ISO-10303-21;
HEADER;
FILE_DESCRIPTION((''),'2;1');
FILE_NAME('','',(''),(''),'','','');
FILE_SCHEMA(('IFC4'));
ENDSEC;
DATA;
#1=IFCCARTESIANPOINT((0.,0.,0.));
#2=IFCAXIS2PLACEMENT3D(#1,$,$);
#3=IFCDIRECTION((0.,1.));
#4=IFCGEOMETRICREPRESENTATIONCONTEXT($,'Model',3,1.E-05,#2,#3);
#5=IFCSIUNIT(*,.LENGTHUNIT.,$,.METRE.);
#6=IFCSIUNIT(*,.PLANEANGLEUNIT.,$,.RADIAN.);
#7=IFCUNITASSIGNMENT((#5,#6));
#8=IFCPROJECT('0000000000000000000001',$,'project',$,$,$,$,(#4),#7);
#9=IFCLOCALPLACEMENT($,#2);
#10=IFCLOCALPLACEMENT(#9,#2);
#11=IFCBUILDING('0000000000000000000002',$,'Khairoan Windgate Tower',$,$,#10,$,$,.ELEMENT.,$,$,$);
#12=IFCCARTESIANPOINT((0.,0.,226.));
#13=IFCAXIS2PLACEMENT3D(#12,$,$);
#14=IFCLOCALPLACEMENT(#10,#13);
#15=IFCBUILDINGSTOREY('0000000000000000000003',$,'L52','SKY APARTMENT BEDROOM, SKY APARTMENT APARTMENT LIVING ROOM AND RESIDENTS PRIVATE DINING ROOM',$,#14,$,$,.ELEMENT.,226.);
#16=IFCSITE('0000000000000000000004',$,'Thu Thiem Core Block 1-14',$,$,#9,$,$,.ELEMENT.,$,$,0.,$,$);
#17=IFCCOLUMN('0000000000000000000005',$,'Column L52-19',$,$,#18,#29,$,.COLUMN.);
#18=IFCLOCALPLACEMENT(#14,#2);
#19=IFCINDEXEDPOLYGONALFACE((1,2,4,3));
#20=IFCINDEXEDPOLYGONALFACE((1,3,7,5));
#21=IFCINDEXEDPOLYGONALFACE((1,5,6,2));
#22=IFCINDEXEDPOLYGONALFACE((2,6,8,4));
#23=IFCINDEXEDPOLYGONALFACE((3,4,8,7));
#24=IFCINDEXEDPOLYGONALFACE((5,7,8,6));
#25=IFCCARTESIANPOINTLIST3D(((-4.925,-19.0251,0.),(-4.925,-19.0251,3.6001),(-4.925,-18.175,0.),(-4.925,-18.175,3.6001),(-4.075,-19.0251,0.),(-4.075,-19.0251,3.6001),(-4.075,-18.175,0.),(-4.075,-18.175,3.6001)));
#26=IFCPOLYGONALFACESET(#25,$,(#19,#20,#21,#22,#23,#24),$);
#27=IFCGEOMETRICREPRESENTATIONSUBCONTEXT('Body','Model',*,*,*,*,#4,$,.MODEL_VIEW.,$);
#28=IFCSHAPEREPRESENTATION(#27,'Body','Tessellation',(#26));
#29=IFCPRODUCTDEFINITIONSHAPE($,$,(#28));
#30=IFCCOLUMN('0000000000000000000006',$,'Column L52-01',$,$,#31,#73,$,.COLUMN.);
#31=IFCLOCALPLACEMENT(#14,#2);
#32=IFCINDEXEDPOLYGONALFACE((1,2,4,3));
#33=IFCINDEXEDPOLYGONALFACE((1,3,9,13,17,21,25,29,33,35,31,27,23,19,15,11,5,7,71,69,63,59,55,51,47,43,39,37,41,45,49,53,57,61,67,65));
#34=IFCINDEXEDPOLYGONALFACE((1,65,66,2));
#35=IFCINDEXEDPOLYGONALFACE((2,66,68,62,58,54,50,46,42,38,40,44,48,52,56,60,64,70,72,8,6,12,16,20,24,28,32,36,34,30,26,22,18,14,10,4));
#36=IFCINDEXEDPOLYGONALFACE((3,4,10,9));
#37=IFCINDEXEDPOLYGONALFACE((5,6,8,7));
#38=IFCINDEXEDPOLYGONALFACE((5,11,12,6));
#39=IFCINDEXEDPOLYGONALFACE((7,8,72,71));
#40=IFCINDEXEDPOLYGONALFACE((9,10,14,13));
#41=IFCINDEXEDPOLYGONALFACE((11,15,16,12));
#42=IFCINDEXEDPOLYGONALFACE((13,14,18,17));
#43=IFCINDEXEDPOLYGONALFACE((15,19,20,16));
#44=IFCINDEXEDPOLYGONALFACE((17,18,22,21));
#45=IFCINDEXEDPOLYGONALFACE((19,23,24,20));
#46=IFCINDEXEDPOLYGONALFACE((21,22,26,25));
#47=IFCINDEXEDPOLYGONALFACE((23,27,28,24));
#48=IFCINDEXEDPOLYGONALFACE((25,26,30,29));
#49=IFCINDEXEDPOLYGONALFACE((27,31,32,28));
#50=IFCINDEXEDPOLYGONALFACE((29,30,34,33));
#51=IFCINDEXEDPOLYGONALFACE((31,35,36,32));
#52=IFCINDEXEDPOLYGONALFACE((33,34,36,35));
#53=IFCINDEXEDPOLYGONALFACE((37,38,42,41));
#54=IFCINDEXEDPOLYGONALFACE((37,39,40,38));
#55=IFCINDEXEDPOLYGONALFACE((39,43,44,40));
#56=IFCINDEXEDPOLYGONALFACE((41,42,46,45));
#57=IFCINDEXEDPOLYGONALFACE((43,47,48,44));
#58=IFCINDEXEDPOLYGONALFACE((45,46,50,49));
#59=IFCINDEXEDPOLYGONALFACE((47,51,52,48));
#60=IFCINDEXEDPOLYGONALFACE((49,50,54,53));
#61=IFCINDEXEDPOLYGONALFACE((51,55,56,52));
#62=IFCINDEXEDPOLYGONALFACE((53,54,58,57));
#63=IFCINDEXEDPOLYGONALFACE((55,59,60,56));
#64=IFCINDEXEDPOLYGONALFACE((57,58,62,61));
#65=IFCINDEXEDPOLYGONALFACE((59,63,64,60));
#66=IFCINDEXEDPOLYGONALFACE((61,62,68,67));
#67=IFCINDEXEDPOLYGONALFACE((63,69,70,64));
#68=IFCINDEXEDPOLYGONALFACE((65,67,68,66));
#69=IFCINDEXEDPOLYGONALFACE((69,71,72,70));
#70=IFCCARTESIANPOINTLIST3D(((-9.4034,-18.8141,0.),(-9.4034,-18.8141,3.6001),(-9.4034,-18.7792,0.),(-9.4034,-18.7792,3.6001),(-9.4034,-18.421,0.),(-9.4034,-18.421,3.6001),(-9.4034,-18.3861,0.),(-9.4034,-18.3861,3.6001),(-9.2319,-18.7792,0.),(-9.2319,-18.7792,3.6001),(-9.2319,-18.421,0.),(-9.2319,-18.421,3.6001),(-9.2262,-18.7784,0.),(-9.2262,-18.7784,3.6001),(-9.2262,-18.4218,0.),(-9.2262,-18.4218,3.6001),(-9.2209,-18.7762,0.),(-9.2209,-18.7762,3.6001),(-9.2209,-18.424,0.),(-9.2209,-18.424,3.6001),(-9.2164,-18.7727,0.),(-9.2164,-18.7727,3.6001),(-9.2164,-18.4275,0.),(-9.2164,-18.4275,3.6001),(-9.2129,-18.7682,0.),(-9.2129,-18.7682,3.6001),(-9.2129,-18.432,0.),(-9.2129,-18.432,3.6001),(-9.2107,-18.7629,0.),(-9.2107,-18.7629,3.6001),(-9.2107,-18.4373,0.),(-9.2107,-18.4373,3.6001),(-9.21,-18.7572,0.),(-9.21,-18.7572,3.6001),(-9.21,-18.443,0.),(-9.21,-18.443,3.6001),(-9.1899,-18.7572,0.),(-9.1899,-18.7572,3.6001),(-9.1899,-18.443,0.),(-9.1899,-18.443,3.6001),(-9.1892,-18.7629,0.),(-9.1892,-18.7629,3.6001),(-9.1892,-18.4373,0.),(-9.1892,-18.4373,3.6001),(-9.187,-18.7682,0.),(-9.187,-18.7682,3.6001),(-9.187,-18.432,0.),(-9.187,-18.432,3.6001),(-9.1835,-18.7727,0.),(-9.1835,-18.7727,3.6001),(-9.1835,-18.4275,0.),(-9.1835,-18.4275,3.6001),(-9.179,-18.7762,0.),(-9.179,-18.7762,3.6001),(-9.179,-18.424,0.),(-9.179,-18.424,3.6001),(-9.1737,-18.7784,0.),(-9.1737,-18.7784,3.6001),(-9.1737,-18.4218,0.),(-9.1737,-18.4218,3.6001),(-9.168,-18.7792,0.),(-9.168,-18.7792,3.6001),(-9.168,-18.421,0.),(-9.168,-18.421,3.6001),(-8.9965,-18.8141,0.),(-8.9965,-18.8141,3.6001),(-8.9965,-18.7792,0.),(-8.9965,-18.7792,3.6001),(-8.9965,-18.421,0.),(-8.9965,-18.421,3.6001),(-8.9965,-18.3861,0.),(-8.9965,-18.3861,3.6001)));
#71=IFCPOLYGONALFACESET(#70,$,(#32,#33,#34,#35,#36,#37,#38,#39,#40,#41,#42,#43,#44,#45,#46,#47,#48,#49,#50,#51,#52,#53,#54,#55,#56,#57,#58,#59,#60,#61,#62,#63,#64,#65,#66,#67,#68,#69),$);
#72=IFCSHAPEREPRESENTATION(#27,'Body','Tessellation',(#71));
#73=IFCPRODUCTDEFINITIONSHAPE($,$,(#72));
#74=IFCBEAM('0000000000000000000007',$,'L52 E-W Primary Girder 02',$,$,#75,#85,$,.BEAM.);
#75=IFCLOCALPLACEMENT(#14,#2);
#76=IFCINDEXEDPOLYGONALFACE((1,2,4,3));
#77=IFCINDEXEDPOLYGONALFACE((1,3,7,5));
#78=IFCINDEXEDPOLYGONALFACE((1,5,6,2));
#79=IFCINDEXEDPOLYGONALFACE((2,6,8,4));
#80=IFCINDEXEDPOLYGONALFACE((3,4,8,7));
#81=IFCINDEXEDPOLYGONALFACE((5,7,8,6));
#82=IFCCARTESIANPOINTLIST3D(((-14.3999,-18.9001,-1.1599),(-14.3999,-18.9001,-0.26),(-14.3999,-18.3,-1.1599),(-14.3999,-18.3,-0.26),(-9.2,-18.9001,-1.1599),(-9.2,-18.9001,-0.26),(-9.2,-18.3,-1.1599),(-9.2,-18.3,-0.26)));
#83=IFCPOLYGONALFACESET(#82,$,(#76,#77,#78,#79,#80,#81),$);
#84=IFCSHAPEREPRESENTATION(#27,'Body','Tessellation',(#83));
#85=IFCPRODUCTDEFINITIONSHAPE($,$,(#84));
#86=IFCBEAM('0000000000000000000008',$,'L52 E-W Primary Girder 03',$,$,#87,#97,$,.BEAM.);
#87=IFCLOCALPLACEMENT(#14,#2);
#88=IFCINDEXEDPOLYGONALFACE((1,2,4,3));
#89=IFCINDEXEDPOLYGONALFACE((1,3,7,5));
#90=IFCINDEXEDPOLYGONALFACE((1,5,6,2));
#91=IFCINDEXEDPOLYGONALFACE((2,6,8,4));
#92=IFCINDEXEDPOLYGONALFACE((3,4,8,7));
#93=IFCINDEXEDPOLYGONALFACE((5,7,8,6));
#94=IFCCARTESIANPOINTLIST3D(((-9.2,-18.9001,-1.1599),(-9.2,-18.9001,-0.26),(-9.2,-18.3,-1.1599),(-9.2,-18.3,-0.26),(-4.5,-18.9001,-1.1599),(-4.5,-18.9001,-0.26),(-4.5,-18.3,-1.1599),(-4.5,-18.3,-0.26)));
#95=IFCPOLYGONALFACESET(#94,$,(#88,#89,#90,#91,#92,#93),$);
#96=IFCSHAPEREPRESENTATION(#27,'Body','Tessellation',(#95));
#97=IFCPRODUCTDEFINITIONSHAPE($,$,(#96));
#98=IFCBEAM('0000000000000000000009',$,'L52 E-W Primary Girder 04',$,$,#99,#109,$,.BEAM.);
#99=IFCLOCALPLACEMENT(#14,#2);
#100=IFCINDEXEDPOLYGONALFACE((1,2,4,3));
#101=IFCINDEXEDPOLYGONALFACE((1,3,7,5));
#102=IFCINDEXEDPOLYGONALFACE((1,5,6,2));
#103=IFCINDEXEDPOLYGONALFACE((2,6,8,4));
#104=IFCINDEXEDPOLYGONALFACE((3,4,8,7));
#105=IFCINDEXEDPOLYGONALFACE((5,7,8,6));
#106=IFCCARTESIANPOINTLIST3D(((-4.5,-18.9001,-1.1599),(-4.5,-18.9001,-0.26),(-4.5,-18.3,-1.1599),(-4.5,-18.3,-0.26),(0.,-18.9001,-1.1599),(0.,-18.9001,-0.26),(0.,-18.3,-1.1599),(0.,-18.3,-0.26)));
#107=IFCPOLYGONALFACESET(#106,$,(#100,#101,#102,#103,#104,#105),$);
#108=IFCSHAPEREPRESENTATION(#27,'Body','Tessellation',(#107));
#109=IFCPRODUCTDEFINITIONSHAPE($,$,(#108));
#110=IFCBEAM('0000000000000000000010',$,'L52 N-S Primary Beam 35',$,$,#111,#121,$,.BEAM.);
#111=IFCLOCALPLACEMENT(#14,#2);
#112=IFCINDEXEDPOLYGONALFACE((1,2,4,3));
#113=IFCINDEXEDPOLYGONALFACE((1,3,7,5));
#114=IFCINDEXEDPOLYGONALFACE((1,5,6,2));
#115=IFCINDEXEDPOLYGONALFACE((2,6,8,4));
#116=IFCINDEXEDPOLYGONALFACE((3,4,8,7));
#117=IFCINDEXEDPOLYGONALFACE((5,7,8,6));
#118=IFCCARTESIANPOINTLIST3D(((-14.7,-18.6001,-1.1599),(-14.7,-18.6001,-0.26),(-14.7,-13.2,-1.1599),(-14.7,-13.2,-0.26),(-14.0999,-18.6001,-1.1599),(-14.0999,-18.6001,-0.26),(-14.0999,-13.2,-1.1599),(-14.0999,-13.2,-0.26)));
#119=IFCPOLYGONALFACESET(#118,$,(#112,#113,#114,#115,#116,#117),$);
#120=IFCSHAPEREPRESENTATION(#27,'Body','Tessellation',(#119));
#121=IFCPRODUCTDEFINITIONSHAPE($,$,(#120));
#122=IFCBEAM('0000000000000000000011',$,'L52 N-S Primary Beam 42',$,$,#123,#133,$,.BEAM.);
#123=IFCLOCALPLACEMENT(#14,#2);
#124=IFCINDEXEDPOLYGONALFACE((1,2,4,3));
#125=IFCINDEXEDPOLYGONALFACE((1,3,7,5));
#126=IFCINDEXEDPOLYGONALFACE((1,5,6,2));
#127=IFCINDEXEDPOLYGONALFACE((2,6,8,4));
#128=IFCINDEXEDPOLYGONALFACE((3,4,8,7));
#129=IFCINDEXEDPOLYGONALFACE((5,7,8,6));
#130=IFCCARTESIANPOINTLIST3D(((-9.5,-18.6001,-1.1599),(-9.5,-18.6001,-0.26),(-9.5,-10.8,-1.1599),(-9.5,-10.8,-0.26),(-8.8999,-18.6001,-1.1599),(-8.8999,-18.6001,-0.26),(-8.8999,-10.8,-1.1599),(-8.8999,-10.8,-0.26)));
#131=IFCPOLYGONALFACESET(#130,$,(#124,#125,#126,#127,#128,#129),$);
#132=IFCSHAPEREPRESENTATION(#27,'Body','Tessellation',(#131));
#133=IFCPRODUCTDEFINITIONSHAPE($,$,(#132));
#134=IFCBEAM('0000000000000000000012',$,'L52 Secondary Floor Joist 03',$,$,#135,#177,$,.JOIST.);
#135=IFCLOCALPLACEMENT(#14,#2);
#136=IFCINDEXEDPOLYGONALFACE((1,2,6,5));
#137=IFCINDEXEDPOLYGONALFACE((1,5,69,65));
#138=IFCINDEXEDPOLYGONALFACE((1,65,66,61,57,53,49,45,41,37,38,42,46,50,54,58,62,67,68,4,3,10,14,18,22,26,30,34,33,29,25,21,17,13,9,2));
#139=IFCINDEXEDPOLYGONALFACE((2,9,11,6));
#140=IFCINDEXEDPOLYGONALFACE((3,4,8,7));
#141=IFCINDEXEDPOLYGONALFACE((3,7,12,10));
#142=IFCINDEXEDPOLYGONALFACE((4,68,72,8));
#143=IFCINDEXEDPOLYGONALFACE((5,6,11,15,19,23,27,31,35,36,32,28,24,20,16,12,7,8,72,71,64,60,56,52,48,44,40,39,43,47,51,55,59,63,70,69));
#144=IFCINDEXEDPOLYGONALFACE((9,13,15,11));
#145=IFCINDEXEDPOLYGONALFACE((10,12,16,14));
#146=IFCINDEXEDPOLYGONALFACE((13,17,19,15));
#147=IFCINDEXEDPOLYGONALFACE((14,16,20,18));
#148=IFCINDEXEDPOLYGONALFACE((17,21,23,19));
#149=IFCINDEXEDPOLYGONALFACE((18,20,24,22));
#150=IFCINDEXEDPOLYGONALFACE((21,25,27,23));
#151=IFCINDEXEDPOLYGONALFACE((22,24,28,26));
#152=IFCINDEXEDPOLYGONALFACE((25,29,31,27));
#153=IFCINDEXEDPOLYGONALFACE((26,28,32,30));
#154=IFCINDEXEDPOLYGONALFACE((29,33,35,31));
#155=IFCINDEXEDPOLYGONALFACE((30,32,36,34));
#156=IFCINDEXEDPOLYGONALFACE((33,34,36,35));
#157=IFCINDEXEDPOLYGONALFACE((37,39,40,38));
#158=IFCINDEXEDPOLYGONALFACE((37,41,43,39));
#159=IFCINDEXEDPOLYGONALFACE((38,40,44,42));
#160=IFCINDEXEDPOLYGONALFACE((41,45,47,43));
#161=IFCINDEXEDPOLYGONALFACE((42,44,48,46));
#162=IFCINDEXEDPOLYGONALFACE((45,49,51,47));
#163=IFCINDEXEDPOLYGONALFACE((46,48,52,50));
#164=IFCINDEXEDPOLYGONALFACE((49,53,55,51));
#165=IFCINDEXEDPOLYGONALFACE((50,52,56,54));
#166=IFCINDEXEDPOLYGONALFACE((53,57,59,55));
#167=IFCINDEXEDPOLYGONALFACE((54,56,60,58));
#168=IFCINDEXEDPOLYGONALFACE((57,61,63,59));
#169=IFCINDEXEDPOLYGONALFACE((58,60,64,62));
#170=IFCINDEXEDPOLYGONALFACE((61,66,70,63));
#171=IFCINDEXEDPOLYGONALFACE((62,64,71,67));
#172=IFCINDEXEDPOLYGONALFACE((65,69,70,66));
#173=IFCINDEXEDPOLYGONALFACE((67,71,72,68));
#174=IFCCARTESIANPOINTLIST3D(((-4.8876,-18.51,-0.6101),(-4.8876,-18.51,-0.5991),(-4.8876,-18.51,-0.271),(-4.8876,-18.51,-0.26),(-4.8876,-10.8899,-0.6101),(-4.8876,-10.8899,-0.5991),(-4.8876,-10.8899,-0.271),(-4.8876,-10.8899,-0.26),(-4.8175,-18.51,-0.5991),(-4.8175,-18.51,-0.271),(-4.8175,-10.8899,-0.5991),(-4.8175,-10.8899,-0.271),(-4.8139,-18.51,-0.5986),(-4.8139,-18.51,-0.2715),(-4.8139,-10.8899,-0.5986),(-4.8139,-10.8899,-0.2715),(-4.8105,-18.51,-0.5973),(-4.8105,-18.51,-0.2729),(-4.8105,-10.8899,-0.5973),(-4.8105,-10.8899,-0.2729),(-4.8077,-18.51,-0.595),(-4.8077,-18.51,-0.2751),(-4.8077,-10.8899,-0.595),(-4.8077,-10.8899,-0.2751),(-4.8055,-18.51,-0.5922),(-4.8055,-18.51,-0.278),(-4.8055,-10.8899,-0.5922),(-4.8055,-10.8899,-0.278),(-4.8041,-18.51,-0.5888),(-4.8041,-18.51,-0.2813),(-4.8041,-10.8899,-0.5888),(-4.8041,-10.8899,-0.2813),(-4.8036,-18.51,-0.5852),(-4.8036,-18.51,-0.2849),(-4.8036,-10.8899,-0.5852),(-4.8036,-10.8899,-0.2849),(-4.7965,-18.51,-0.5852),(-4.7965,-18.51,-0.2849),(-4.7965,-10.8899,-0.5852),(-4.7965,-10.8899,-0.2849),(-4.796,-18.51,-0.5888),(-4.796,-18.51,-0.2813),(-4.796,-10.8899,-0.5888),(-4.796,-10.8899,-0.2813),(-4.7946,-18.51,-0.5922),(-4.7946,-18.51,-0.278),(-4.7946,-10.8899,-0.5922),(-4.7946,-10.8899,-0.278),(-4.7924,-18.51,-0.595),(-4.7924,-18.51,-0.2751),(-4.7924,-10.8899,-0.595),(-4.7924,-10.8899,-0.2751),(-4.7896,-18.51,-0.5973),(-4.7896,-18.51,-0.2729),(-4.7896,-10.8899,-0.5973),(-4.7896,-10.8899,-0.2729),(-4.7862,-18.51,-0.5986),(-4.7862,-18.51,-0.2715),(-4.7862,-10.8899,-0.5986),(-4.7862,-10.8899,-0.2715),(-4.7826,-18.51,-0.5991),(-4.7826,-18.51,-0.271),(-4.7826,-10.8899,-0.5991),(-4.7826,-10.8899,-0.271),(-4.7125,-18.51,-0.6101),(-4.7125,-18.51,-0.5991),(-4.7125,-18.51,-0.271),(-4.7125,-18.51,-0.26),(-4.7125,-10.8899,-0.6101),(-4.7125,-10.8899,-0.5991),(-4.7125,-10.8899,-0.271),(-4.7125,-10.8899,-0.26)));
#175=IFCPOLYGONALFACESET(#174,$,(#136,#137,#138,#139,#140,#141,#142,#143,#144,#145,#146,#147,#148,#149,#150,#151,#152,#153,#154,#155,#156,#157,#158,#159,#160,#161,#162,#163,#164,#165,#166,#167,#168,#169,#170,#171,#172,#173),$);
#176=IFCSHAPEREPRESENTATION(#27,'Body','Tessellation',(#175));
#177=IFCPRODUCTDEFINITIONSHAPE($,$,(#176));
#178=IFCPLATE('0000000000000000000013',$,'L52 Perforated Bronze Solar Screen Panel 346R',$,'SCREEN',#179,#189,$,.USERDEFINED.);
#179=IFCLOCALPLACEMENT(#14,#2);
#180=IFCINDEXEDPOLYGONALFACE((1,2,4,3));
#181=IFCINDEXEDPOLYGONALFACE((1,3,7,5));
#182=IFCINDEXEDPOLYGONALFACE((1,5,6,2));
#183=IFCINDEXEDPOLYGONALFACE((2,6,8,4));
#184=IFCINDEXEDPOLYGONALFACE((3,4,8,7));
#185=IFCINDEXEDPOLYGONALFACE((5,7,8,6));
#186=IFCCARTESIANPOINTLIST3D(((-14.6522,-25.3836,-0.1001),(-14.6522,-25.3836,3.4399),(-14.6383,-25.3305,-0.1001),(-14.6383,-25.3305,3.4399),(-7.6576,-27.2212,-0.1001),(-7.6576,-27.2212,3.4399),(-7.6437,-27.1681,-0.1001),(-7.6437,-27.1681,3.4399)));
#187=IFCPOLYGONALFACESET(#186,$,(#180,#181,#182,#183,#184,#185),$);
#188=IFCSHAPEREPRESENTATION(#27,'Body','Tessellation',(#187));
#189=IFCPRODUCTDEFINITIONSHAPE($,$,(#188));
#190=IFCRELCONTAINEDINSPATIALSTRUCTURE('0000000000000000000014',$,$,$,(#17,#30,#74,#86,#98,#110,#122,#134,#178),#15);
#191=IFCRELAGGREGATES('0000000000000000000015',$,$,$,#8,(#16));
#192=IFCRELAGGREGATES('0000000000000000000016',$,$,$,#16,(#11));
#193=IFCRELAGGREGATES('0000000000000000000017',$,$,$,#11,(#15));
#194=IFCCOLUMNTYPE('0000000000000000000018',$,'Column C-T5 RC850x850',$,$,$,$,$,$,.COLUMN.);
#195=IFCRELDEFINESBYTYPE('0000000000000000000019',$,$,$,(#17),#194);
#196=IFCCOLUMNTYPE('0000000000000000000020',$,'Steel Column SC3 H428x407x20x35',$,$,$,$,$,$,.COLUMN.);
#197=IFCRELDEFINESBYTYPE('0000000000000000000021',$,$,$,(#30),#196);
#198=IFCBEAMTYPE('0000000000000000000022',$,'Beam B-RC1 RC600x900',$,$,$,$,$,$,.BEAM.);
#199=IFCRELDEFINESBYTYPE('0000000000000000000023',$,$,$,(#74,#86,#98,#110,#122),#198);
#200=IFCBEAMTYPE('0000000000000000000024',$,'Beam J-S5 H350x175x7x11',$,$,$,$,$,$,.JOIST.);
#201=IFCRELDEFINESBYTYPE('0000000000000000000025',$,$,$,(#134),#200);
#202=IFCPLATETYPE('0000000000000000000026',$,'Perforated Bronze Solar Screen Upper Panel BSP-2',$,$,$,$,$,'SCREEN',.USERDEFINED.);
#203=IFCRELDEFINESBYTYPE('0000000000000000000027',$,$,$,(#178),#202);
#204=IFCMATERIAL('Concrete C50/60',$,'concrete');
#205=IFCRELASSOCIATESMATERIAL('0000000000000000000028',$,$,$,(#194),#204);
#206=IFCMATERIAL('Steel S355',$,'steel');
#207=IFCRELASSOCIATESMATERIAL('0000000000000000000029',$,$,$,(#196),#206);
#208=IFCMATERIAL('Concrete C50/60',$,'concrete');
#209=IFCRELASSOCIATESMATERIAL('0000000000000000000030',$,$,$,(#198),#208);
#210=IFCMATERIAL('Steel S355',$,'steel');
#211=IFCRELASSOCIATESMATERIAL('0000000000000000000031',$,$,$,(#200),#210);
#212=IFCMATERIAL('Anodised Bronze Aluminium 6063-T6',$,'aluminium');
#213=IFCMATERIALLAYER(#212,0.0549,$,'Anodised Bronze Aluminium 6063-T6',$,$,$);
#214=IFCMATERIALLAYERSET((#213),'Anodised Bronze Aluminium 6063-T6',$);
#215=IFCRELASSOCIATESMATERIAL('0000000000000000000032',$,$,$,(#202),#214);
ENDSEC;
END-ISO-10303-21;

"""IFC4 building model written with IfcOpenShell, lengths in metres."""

from ifc_helpers import new_model, si_unit, direction, frame, origin, origin_2d, place, context, subcontext, project, spatial, rectangle, i_section, extrude, material, layer, layer_set, material_profile, profile_set, type_object, element, save


model = new_model("IFC4")

# Units and contexts
model_context = context("Model", 3, precision=1e-05, world=origin(), true_north=direction((0.0, 1.0)))
body_context = subcontext(model_context, "Body", "Model", "MODEL_VIEW")
ifc_project = project(units=[si_unit("LENGTHUNIT", "METRE"), si_unit("PLANEANGLEUNIT", "RADIAN")], contexts=[model_context])

# Site, building, storey
site_placement = place(None, origin())
site = spatial("IfcSite", under=ifc_project, at=site_placement, Name="Thu Thiem Core Block 1-14", CompositionType="ELEMENT", RefElevation=0.0)
building_placement = place(site_placement, origin())
building = spatial("IfcBuilding", under=site, at=building_placement, Name="Khairoan Windgate Tower", CompositionType="ELEMENT")
storey_placement = place(building_placement, frame((0.0, 0.0, 226.0)))
storey = spatial("IfcBuildingStorey", under=building, at=storey_placement, Name="L52", Description="SKY APARTMENT BEDROOM, SKY APARTMENT APARTMENT LIVING ROOM AND RESIDENTS PRIVATE DINING ROOM", CompositionType="ELEMENT", Elevation=226.0)

# Columns
ifc_material_1 = material(Name="Concrete C50/60", Category="concrete")
ifc_material_profile_1 = material_profile(ifc_material_1, rectangle(XDim=0.8501, YDim=0.8501, at=origin_2d()))
ifc_profile_set_1 = profile_set([ifc_material_profile_1], Name="Concrete C50/60")
column_type_1 = type_object("IfcColumnType", Name="Column C-T5 RC850x850", PredefinedType="COLUMN", material=ifc_profile_set_1)
column_1_placement = place(storey_placement, frame((-4.5, -18.6001, 0.0), z_axis=(0.0, 0.0, 1.0), x_axis=(1.0, 0.0, 0.0)))
element("IfcColumn", 1, at=column_1_placement, inside=storey, type_object=column_type_1, Name="Column L52-19", PredefinedType="COLUMN", context=body_context, shape_type="SweptSolid", body=[
    extrude(rectangle(XDim=0.8501, YDim=0.8501, at=origin_2d()), origin(), (0.0, 0.0, 1.0), 3.6001),
])
ifc_material_2 = material(Name="Steel S355", Category="steel")
ifc_material_profile_2 = material_profile(ifc_material_2, i_section(OverallWidth=0.407, OverallDepth=0.428, WebThickness=0.02, FlangeThickness=0.0349, FilletRadius=0.022, at=origin_2d()))
ifc_profile_set_2 = profile_set([ifc_material_profile_2], Name="Steel S355")
column_type_2 = type_object("IfcColumnType", Name="Steel Column SC3 H428x407x20x35", PredefinedType="COLUMN", material=ifc_profile_set_2)
column_2_placement = place(storey_placement, frame((-9.2, -18.6001, 0.0), z_axis=(0.0, 0.0, 1.0), x_axis=(1.0, 0.0, 0.0)))
element("IfcColumn", 2, at=column_2_placement, inside=storey, type_object=column_type_2, Name="Column L52-01", PredefinedType="COLUMN", context=body_context, shape_type="SweptSolid", body=[
    extrude(i_section(OverallWidth=0.407, OverallDepth=0.428, WebThickness=0.02, FlangeThickness=0.0349, FilletRadius=0.022, at=origin_2d()), origin(), (0.0, 0.0, 1.0), 3.6001),
])

# Beams
ifc_material_3 = material(Name="Concrete C50/60", Category="concrete")
ifc_material_profile_3 = material_profile(ifc_material_3, rectangle(XDim=0.6001, YDim=0.8999, at=origin_2d()))
ifc_profile_set_3 = profile_set([ifc_material_profile_3], Name="Concrete C50/60")
beam_type_1 = type_object("IfcBeamType", Name="Beam B-RC1 RC600x900", PredefinedType="BEAM", material=ifc_profile_set_3)
beam_1_placement = place(storey_placement, frame((-14.3999, -18.6001, -0.71), z_axis=(1.0, 0.0, 0.0), x_axis=(0.0, 1.0, 0.0)))
element("IfcBeam", 3, at=beam_1_placement, inside=storey, type_object=beam_type_1, Name="L52 E-W Primary Girder 02", PredefinedType="BEAM", context=body_context, shape_type="SweptSolid", body=[
    extrude(rectangle(XDim=0.6001, YDim=0.8999, at=origin_2d()), origin(), (0.0, 0.0, 1.0), 5.2),
])
beam_2_placement = place(storey_placement, frame((-9.2, -18.6001, -0.71), z_axis=(1.0, 0.0, 0.0), x_axis=(0.0, 1.0, 0.0)))
element("IfcBeam", 4, at=beam_2_placement, inside=storey, type_object=beam_type_1, Name="L52 E-W Primary Girder 03", PredefinedType="BEAM", context=body_context, shape_type="SweptSolid", body=[
    extrude(rectangle(XDim=0.6001, YDim=0.8999, at=origin_2d()), origin(), (0.0, 0.0, 1.0), 4.7),
])
beam_3_placement = place(storey_placement, frame((-4.5, -18.6001, -0.71), z_axis=(1.0, 0.0, 0.0), x_axis=(0.0, 1.0, 0.0)))
element("IfcBeam", 5, at=beam_3_placement, inside=storey, type_object=beam_type_1, Name="L52 E-W Primary Girder 04", PredefinedType="BEAM", context=body_context, shape_type="SweptSolid", body=[
    extrude(rectangle(XDim=0.6001, YDim=0.8999, at=origin_2d()), origin(), (0.0, 0.0, 1.0), 4.5),
])
beam_4_placement = place(storey_placement, frame((-14.3999, -18.6001, -0.71), z_axis=(0.0, 1.0, 0.0), x_axis=(-1.0, 0.0, 0.0)))
element("IfcBeam", 6, at=beam_4_placement, inside=storey, type_object=beam_type_1, Name="L52 N-S Primary Beam 35", PredefinedType="BEAM", context=body_context, shape_type="SweptSolid", body=[
    extrude(rectangle(XDim=0.6001, YDim=0.8999, at=origin_2d()), origin(), (0.0, 0.0, 1.0), 5.4001),
])
beam_5_placement = place(storey_placement, frame((-9.2, -18.6001, -0.71), z_axis=(0.0, 1.0, 0.0), x_axis=(-1.0, 0.0, 0.0)))
element("IfcBeam", 7, at=beam_5_placement, inside=storey, type_object=beam_type_1, Name="L52 N-S Primary Beam 42", PredefinedType="BEAM", context=body_context, shape_type="SweptSolid", body=[
    extrude(rectangle(XDim=0.6001, YDim=0.8999, at=origin_2d()), origin(), (0.0, 0.0, 1.0), 7.8),
])
ifc_material_4 = material(Name="Steel S355", Category="steel")
ifc_material_profile_4 = material_profile(ifc_material_4, i_section(OverallWidth=0.175, OverallDepth=0.3501, WebThickness=0.0071, FlangeThickness=0.011, FilletRadius=0.0139, at=origin_2d()))
ifc_profile_set_4 = profile_set([ifc_material_profile_4], Name="Steel S355")
beam_type_2 = type_object("IfcBeamType", Name="Beam J-S5 H350x175x7x11", PredefinedType="JOIST", material=ifc_profile_set_4)
beam_6_placement = place(storey_placement, frame((-4.8, -18.51, -0.4351), z_axis=(0.0, 1.0, 0.0), x_axis=(-1.0, 0.0, 0.0)))
element("IfcBeam", 8, at=beam_6_placement, inside=storey, type_object=beam_type_2, Name="L52 Secondary Floor Joist 03", PredefinedType="JOIST", context=body_context, shape_type="SweptSolid", body=[
    extrude(i_section(OverallWidth=0.175, OverallDepth=0.3501, WebThickness=0.0071, FlangeThickness=0.011, FilletRadius=0.0139, at=origin_2d()), origin(), (0.0, 0.0, 1.0), 7.6201),
])

# Plate
ifc_material_5 = material(Name="Anodised Bronze Aluminium 6063-T6", Category="aluminium")
ifc_layer_1 = layer(ifc_material_5, 0.0549, Name="Anodised Bronze Aluminium 6063-T6")
ifc_layer_set_1 = layer_set([ifc_layer_1], Name="Anodised Bronze Aluminium 6063-T6")
plate_type = type_object("IfcPlateType", Name="Perforated Bronze Solar Screen Upper Panel BSP-2", ElementType="SCREEN", PredefinedType="USERDEFINED", material=ifc_layer_set_1)
plate_placement = place(storey_placement, frame((-11.1479, -26.2759, -0.1001), z_axis=(0.0, 0.0, 1.0), x_axis=(-0.967179, 0.254096, 0.0)))
element("IfcPlate", 9, at=plate_placement, inside=storey, type_object=plate_type, Name="L52 Perforated Bronze Solar Screen Panel 346R", ObjectType="SCREEN", PredefinedType="USERDEFINED", context=body_context, shape_type="SweptSolid", body=[
    extrude(rectangle(XDim=7.2319, YDim=0.0549, at=origin_2d()), origin(), (0.0, 0.0, 1.0), 3.54),
])

save(model, "model.ifc")
